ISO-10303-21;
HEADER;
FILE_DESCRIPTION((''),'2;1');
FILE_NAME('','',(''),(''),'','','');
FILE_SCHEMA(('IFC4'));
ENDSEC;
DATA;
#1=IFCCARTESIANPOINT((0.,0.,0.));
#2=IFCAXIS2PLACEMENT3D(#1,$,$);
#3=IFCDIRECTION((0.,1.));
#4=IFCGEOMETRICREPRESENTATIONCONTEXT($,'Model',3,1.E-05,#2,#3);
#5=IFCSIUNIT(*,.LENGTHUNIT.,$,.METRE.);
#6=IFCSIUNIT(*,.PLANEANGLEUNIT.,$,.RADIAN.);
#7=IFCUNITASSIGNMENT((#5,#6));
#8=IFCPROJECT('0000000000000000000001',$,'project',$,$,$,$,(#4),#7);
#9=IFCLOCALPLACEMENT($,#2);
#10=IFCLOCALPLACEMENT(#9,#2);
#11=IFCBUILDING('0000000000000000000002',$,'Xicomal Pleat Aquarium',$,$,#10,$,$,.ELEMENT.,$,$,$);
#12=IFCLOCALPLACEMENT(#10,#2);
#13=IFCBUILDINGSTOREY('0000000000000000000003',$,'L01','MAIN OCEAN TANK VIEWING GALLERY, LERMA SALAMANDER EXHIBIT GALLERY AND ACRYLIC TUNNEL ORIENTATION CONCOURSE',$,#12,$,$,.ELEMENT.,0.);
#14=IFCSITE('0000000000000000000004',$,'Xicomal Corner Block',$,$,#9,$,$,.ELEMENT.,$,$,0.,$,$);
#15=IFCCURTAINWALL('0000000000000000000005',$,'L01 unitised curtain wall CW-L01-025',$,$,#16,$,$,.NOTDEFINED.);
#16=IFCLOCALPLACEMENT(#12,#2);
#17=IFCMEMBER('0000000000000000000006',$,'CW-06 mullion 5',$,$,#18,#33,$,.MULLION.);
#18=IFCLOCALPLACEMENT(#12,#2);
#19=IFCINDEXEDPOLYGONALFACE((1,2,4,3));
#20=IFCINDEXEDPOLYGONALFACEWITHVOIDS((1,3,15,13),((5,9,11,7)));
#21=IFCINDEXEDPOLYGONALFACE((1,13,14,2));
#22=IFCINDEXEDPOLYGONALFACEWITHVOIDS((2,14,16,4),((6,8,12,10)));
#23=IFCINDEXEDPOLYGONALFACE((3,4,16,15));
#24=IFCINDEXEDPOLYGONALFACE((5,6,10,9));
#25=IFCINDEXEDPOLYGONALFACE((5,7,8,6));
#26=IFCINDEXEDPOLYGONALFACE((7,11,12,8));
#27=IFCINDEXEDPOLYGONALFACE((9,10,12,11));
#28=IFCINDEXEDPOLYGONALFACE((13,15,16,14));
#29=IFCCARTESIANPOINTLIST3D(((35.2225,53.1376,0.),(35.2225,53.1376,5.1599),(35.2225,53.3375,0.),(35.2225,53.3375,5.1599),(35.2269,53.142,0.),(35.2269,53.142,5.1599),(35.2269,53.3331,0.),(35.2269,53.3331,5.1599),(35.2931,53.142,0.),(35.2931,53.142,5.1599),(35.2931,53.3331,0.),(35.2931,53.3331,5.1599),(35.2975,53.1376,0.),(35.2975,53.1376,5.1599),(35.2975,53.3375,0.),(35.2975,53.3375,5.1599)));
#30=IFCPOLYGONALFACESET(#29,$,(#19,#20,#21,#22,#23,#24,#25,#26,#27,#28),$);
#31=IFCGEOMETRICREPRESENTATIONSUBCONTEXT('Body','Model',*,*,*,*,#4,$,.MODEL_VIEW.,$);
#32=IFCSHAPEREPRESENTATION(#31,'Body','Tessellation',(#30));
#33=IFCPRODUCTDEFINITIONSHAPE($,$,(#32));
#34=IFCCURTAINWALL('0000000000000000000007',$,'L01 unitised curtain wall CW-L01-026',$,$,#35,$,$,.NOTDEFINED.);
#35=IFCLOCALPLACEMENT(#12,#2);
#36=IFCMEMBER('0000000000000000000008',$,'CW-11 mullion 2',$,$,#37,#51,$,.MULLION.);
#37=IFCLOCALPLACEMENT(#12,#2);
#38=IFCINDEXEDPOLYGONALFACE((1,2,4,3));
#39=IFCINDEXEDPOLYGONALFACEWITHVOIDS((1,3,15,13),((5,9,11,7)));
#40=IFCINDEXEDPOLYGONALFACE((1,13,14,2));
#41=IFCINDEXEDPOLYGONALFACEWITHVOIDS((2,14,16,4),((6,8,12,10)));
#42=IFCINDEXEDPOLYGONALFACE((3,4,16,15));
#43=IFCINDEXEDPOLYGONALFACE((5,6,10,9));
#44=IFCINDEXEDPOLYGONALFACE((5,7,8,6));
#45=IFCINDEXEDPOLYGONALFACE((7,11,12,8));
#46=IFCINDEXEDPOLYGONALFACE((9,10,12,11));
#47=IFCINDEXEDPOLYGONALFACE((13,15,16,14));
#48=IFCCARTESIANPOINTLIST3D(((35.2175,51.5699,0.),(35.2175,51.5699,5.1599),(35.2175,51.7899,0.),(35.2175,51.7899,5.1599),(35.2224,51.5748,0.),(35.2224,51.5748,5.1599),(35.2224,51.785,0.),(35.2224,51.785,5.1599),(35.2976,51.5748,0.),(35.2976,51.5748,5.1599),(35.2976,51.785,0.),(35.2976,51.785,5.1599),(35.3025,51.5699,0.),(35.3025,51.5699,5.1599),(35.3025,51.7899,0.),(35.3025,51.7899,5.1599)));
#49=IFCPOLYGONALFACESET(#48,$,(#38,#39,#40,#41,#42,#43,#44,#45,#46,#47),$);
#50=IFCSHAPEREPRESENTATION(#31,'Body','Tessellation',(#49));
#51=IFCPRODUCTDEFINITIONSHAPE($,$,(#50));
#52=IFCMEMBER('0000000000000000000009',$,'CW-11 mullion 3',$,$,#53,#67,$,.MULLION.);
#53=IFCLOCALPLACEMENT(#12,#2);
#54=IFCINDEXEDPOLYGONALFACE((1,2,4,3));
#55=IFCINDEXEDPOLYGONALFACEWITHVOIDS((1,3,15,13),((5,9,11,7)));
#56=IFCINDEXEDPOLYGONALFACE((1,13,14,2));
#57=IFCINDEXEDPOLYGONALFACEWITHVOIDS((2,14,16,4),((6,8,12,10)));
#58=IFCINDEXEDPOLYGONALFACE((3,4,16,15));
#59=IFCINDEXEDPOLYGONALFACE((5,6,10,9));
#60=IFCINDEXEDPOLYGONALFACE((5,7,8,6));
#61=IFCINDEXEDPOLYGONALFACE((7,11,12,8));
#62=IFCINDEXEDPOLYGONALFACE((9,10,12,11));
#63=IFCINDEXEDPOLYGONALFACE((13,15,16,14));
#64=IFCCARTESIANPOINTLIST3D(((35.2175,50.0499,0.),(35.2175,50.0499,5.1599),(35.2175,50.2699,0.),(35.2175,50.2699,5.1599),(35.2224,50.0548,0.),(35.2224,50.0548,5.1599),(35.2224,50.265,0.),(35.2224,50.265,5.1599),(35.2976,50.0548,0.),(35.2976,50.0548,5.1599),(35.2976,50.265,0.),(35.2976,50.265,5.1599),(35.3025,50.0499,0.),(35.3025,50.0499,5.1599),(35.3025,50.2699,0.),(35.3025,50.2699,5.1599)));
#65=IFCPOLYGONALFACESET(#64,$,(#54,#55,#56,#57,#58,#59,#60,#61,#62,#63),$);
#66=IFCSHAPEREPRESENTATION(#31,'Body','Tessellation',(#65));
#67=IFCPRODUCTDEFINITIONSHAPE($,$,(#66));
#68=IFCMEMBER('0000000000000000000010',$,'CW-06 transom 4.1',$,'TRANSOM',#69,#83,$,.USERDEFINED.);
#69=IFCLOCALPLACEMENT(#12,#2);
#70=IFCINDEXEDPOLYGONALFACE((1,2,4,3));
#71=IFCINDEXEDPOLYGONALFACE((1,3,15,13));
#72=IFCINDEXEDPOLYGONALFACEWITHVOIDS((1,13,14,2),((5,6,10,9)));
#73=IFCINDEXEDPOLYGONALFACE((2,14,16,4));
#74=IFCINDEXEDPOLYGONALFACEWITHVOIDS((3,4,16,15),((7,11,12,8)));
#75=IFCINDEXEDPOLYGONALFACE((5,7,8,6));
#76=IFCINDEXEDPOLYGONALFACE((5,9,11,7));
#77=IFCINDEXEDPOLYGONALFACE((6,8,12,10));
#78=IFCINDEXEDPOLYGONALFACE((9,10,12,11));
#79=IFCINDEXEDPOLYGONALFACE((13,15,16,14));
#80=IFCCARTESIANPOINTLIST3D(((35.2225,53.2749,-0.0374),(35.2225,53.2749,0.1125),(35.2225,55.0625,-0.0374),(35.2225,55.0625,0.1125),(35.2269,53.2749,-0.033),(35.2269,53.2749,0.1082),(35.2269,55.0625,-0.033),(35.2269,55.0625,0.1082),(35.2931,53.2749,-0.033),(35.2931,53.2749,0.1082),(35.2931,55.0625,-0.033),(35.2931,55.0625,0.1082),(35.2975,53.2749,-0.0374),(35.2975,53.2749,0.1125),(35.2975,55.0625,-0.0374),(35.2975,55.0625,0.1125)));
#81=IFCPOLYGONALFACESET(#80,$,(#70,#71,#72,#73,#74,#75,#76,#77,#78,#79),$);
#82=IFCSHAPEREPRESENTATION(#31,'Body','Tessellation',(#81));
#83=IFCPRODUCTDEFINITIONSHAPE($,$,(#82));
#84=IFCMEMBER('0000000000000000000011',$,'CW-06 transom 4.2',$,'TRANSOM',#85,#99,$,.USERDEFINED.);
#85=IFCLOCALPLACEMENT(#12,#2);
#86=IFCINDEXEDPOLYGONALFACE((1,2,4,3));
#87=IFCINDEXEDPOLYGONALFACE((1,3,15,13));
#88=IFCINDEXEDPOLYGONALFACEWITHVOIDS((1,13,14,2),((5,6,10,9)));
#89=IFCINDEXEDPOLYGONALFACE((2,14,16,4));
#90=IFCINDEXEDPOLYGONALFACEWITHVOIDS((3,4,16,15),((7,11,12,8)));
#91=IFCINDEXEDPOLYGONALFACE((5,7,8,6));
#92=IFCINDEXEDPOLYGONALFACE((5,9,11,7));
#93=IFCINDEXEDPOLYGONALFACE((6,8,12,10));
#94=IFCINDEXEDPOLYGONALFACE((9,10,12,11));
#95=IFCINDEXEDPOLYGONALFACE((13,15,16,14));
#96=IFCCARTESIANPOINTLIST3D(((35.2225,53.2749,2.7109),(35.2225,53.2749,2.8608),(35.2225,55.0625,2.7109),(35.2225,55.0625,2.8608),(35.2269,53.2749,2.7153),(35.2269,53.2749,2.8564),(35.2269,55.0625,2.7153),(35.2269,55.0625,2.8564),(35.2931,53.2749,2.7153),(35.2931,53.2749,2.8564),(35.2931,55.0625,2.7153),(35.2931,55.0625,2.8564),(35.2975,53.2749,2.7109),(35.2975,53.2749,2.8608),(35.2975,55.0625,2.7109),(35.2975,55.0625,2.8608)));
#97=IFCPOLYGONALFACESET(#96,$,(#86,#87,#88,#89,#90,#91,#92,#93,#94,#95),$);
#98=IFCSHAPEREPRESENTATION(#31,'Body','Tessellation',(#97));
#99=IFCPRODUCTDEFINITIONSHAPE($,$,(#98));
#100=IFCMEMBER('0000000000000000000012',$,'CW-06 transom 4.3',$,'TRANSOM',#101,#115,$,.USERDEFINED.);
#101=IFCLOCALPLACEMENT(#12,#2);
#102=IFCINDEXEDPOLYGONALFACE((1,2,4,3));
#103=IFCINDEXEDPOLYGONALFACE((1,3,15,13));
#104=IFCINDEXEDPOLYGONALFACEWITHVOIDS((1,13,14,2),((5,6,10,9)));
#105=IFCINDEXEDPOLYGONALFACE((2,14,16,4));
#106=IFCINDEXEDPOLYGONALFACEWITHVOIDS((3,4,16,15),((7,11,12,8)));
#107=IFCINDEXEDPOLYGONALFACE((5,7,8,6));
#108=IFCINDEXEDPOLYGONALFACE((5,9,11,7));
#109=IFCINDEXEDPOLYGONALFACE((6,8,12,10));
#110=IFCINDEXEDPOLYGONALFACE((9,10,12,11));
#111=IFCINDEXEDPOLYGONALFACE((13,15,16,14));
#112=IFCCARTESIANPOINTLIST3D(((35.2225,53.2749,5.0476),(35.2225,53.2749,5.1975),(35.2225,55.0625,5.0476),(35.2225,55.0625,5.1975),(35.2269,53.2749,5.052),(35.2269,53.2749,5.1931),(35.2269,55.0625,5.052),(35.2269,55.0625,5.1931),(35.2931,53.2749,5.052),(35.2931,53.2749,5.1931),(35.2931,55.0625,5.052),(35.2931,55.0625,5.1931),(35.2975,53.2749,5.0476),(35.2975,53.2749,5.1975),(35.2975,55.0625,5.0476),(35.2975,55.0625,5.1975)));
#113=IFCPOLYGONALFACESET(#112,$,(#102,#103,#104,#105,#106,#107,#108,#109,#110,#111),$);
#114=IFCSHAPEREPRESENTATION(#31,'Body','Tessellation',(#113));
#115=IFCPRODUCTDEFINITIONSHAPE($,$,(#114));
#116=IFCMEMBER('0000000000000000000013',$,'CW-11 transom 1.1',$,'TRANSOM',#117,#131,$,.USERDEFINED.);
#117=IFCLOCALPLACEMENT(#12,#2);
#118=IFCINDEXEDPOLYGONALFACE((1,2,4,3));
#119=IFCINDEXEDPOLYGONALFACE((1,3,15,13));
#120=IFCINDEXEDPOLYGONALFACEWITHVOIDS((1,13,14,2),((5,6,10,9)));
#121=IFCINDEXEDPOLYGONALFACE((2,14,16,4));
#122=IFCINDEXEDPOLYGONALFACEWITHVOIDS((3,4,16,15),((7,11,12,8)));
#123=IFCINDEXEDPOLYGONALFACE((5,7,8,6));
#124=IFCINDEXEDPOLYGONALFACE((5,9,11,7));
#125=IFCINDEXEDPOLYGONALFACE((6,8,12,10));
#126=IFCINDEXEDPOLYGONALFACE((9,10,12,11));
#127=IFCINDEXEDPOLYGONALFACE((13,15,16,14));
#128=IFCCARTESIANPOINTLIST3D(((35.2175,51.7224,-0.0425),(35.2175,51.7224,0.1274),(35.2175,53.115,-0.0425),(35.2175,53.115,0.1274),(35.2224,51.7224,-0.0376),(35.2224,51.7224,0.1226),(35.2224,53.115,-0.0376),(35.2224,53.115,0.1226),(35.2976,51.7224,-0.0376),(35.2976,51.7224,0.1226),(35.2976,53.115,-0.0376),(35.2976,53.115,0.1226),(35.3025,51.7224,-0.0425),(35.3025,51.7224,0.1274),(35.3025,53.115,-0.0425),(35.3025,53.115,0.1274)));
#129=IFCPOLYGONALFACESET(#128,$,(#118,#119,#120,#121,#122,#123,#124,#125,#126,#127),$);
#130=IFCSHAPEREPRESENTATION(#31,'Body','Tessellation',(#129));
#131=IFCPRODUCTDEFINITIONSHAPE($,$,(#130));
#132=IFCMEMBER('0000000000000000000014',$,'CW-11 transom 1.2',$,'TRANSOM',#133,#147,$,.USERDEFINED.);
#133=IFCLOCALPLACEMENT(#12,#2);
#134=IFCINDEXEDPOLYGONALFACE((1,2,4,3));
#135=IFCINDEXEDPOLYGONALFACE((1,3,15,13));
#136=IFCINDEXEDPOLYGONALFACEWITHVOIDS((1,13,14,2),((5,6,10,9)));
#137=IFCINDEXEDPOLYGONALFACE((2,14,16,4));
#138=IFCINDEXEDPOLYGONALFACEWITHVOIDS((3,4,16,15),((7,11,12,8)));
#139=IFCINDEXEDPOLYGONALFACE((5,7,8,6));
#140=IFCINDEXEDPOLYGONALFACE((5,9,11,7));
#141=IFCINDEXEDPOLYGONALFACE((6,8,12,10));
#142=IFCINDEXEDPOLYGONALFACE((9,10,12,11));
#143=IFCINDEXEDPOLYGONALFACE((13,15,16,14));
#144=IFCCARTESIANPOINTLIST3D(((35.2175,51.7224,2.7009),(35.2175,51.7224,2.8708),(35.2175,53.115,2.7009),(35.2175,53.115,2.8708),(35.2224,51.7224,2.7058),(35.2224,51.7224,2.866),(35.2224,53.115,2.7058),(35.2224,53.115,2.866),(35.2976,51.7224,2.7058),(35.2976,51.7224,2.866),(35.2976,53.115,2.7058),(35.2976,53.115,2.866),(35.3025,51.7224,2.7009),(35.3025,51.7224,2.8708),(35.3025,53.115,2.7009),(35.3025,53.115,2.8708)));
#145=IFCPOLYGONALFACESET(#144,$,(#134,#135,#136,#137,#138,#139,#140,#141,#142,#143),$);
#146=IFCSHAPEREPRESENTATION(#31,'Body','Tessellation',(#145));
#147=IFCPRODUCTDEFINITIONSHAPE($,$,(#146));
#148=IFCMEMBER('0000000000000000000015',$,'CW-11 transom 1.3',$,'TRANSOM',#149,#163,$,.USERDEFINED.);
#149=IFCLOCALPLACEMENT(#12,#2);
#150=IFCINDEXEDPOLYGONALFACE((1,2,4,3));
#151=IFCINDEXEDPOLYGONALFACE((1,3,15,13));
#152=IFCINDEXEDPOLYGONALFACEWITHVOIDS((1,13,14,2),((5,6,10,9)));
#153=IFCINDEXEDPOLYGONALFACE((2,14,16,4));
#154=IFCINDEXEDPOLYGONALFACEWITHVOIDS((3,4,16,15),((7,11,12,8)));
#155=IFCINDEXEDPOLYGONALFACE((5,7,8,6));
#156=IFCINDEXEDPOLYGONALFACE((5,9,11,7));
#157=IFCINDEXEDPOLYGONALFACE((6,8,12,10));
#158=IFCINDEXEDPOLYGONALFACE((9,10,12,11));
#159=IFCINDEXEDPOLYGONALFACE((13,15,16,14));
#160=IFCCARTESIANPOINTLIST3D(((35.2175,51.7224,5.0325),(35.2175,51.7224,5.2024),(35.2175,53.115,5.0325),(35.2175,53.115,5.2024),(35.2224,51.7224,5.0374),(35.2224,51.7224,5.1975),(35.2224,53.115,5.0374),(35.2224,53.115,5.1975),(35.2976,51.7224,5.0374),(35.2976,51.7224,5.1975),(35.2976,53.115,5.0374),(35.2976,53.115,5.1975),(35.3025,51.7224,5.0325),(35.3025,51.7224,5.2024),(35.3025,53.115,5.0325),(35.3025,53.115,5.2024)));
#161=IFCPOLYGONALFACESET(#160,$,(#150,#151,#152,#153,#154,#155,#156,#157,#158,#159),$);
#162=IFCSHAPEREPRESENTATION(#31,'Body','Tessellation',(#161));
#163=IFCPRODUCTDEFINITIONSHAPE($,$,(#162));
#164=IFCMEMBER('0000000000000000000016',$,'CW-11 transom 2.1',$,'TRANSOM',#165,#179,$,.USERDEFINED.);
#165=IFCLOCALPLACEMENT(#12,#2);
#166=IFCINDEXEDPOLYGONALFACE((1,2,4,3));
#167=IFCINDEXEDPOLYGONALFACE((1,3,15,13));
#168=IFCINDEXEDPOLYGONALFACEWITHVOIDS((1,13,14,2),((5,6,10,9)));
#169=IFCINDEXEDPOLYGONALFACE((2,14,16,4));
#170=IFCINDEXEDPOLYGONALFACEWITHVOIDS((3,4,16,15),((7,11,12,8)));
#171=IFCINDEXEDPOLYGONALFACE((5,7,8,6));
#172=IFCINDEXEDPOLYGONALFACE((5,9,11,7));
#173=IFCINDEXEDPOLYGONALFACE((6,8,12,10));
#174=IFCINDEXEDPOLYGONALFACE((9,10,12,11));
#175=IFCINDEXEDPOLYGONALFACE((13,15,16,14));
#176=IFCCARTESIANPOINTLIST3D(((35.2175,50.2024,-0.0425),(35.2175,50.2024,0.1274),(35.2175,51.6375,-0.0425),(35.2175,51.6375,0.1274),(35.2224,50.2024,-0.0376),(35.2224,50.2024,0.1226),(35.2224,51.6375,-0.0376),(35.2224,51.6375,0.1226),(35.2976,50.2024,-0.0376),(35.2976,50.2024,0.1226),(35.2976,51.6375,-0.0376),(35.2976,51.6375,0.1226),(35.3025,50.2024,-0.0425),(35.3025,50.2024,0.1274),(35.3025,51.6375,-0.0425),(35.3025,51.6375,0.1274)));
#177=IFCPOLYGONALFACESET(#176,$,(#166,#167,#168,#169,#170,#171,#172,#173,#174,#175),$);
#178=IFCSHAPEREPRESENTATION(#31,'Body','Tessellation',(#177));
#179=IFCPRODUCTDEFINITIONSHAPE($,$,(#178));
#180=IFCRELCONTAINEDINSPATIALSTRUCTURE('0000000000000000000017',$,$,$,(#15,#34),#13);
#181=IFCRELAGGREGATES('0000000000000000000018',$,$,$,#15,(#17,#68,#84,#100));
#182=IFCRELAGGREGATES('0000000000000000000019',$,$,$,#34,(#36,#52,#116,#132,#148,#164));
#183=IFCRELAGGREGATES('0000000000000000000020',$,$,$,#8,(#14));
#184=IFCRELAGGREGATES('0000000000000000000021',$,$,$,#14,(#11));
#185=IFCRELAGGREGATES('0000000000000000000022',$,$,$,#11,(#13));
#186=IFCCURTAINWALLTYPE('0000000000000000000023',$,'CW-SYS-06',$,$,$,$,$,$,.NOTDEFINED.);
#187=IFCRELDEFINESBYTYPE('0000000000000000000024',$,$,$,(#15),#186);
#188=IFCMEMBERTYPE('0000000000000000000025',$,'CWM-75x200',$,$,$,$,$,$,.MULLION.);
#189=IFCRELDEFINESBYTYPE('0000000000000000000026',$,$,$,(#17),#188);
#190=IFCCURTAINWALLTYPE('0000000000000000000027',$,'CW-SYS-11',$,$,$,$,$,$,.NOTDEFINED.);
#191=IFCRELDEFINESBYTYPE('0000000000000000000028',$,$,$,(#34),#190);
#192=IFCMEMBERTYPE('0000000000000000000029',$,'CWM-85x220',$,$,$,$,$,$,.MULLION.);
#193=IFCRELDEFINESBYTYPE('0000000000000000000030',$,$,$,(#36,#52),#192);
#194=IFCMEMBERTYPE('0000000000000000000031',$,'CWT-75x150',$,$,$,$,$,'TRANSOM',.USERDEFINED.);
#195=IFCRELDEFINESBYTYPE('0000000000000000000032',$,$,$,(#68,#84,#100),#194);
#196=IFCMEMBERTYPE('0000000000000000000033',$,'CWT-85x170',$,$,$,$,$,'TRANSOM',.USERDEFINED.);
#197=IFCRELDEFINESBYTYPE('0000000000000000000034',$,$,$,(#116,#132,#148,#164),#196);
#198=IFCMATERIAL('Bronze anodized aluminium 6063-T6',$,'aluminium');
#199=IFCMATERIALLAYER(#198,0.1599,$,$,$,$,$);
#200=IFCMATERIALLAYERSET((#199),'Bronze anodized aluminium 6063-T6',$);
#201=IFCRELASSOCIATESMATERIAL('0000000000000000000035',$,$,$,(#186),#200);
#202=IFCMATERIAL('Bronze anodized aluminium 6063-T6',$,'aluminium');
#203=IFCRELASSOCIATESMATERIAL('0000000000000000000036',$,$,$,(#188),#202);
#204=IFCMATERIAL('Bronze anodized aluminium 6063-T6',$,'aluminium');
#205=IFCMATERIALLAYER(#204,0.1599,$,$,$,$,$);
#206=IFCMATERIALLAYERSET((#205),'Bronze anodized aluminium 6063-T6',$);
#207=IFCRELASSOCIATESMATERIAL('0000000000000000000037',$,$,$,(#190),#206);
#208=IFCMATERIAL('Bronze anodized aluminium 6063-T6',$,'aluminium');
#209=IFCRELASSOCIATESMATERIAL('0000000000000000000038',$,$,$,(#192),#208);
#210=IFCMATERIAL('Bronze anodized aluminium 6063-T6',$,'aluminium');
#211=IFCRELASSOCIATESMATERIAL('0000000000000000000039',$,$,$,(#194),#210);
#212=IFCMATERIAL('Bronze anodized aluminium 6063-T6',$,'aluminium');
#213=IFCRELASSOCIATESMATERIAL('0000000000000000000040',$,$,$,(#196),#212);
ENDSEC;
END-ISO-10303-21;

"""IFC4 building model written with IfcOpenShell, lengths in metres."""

from ifc_helpers import new_model, si_unit, direction, frame, origin, origin_2d, place, context, subcontext, project, spatial, hollow_rectangle, extrude, material, layer, layer_set, material_profile, profile_set, type_object, element, aggregate, save


model = new_model("IFC4")

# Units and contexts
model_context = context("Model", 3, precision=1e-05, world=origin(), true_north=direction((0.0, 1.0)))
body_context = subcontext(model_context, "Body", "Model", "MODEL_VIEW")
ifc_project = project(units=[si_unit("LENGTHUNIT", "METRE"), si_unit("PLANEANGLEUNIT", "RADIAN")], contexts=[model_context])

# Site, building, storey
site_placement = place(None, origin())
site = spatial("IfcSite", under=ifc_project, at=site_placement, Name="Xicomal Corner Block", CompositionType="ELEMENT", RefElevation=0.0)
building_placement = place(site_placement, origin())
building = spatial("IfcBuilding", under=site, at=building_placement, Name="Xicomal Pleat Aquarium", CompositionType="ELEMENT")
storey_placement = place(building_placement, origin())
storey = spatial("IfcBuildingStorey", under=building, at=storey_placement, Name="L01", Description="MAIN OCEAN TANK VIEWING GALLERY, LERMA SALAMANDER EXHIBIT GALLERY AND ACRYLIC TUNNEL ORIENTATION CONCOURSE", CompositionType="ELEMENT", Elevation=0.0)

# Curtain wall, member
ifc_material_1 = material(Name="Bronze anodized aluminium 6063-T6", Category="aluminium")
ifc_layer_1 = layer(ifc_material_1, 0.1599)
ifc_layer_set_1 = layer_set([ifc_layer_1], Name="Bronze anodized aluminium 6063-T6")
curtain_wall_type_1 = type_object("IfcCurtainWallType", Name="CW-SYS-06", PredefinedType="NOTDEFINED", material=ifc_layer_set_1)
curtain_wall_1_placement = place(storey_placement, origin())
curtain_wall_1 = element("IfcCurtainWall", 1, at=curtain_wall_1_placement, inside=storey, type_object=curtain_wall_type_1, Name="L01 unitised curtain wall CW-L01-025", PredefinedType="NOTDEFINED")
ifc_material_2 = material(Name="Bronze anodized aluminium 6063-T6", Category="aluminium")
ifc_material_profile_1 = material_profile(ifc_material_2, hollow_rectangle(XDim=0.075, YDim=0.2, WallThickness=0.0044, at=origin_2d()), Name="ALU MULL 75x200")
ifc_profile_set_1 = profile_set([ifc_material_profile_1], Name="Bronze anodized aluminium 6063-T6")
member_type_1 = type_object("IfcMemberType", Name="CWM-75x200", PredefinedType="MULLION", material=ifc_profile_set_1)
member_1_placement = place(storey_placement, frame((35.26, 53.2375, 0.0), z_axis=(0.0, 0.0, 1.0), x_axis=(1.0, 0.0, 0.0)))
member_1 = element("IfcMember", 2, at=member_1_placement, type_object=member_type_1, Name="CW-06 mullion 5", PredefinedType="MULLION", context=body_context, shape_type="SweptSolid", body=[
    extrude(hollow_rectangle(XDim=0.075, YDim=0.2, WallThickness=0.0044, at=origin_2d()), origin(), (0.0, 0.0, 1.0), 5.1599),
])

# Curtain wall, members
ifc_material_3 = material(Name="Bronze anodized aluminium 6063-T6", Category="aluminium")
ifc_layer_2 = layer(ifc_material_3, 0.1599)
ifc_layer_set_2 = layer_set([ifc_layer_2], Name="Bronze anodized aluminium 6063-T6")
curtain_wall_type_2 = type_object("IfcCurtainWallType", Name="CW-SYS-11", PredefinedType="NOTDEFINED", material=ifc_layer_set_2)
curtain_wall_2_placement = place(storey_placement, origin())
curtain_wall_2 = element("IfcCurtainWall", 3, at=curtain_wall_2_placement, inside=storey, type_object=curtain_wall_type_2, Name="L01 unitised curtain wall CW-L01-026", PredefinedType="NOTDEFINED")
ifc_material_4 = material(Name="Bronze anodized aluminium 6063-T6", Category="aluminium")
ifc_material_profile_2 = material_profile(ifc_material_4, hollow_rectangle(XDim=0.085, YDim=0.22, WallThickness=0.0049, at=origin_2d()), Name="ALU MULL 85x220")
ifc_profile_set_2 = profile_set([ifc_material_profile_2], Name="Bronze anodized aluminium 6063-T6")
member_type_2 = type_object("IfcMemberType", Name="CWM-85x220", PredefinedType="MULLION", material=ifc_profile_set_2)
member_2_placement = place(storey_placement, frame((35.26, 51.6799, 0.0), z_axis=(0.0, 0.0, 1.0), x_axis=(1.0, 0.0, 0.0)))
member_2 = element("IfcMember", 4, at=member_2_placement, type_object=member_type_2, Name="CW-11 mullion 2", PredefinedType="MULLION", context=body_context, shape_type="SweptSolid", body=[
    extrude(hollow_rectangle(XDim=0.085, YDim=0.22, WallThickness=0.0049, at=origin_2d()), origin(), (0.0, 0.0, 1.0), 5.1599),
])
member_3_placement = place(storey_placement, frame((35.26, 50.1599, 0.0), z_axis=(0.0, 0.0, 1.0), x_axis=(1.0, 0.0, 0.0)))
member_3 = element("IfcMember", 5, at=member_3_placement, type_object=member_type_2, Name="CW-11 mullion 3", PredefinedType="MULLION", context=body_context, shape_type="SweptSolid", body=[
    extrude(hollow_rectangle(XDim=0.085, YDim=0.22, WallThickness=0.0049, at=origin_2d()), origin(), (0.0, 0.0, 1.0), 5.1599),
])

# Members
ifc_material_5 = material(Name="Bronze anodized aluminium 6063-T6", Category="aluminium")
ifc_material_profile_3 = material_profile(ifc_material_5, hollow_rectangle(XDim=0.075, YDim=0.1499, WallThickness=0.0044, at=origin_2d()), Name="ALU TRAN 75x150")
ifc_profile_set_3 = profile_set([ifc_material_profile_3], Name="Bronze anodized aluminium 6063-T6")
member_type_3 = type_object("IfcMemberType", Name="CWT-75x150", ElementType="TRANSOM", PredefinedType="USERDEFINED", material=ifc_profile_set_3)
member_4_placement = place(storey_placement, frame((35.26, 55.0625, 0.0376), z_axis=(0.0, -1.0, 0.0), x_axis=(1.0, 0.0, 0.0)))
member_4 = element("IfcMember", 6, at=member_4_placement, type_object=member_type_3, Name="CW-06 transom 4.1", ObjectType="TRANSOM", PredefinedType="USERDEFINED", context=body_context, shape_type="SweptSolid", body=[
    extrude(hollow_rectangle(XDim=0.075, YDim=0.1499, WallThickness=0.0044, at=origin_2d()), origin(), (0.0, 0.0, 1.0), 1.7876),
])
member_5_placement = place(storey_placement, frame((35.26, 55.0625, 2.7859), z_axis=(0.0, -1.0, 0.0), x_axis=(1.0, 0.0, 0.0)))
member_5 = element("IfcMember", 7, at=member_5_placement, type_object=member_type_3, Name="CW-06 transom 4.2", ObjectType="TRANSOM", PredefinedType="USERDEFINED", context=body_context, shape_type="SweptSolid", body=[
    extrude(hollow_rectangle(XDim=0.075, YDim=0.1499, WallThickness=0.0044, at=origin_2d()), origin(), (0.0, 0.0, 1.0), 1.7876),
])
member_6_placement = place(storey_placement, frame((35.26, 55.0625, 5.1226), z_axis=(0.0, -1.0, 0.0), x_axis=(1.0, 0.0, 0.0)))
member_6 = element("IfcMember", 8, at=member_6_placement, type_object=member_type_3, Name="CW-06 transom 4.3", ObjectType="TRANSOM", PredefinedType="USERDEFINED", context=body_context, shape_type="SweptSolid", body=[
    extrude(hollow_rectangle(XDim=0.075, YDim=0.1499, WallThickness=0.0044, at=origin_2d()), origin(), (0.0, 0.0, 1.0), 1.7876),
])
ifc_material_6 = material(Name="Bronze anodized aluminium 6063-T6", Category="aluminium")
ifc_material_profile_4 = material_profile(ifc_material_6, hollow_rectangle(XDim=0.085, YDim=0.1699, WallThickness=0.0049, at=origin_2d()), Name="ALU TRAN 85x170")
ifc_profile_set_4 = profile_set([ifc_material_profile_4], Name="Bronze anodized aluminium 6063-T6")
member_type_4 = type_object("IfcMemberType", Name="CWT-85x170", ElementType="TRANSOM", PredefinedType="USERDEFINED", material=ifc_profile_set_4)
member_7_placement = place(storey_placement, frame((35.26, 53.115, 0.0425), z_axis=(0.0, -1.0, 0.0), x_axis=(1.0, 0.0, 0.0)))
member_7 = element("IfcMember", 9, at=member_7_placement, type_object=member_type_4, Name="CW-11 transom 1.1", ObjectType="TRANSOM", PredefinedType="USERDEFINED", context=body_context, shape_type="SweptSolid", body=[
    extrude(hollow_rectangle(XDim=0.085, YDim=0.1699, WallThickness=0.0049, at=origin_2d()), origin(), (0.0, 0.0, 1.0), 1.3926),
])
member_8_placement = place(storey_placement, frame((35.26, 53.115, 2.7859), z_axis=(0.0, -1.0, 0.0), x_axis=(1.0, 0.0, 0.0)))
member_8 = element("IfcMember", 10, at=member_8_placement, type_object=member_type_4, Name="CW-11 transom 1.2", ObjectType="TRANSOM", PredefinedType="USERDEFINED", context=body_context, shape_type="SweptSolid", body=[
    extrude(hollow_rectangle(XDim=0.085, YDim=0.1699, WallThickness=0.0049, at=origin_2d()), origin(), (0.0, 0.0, 1.0), 1.3926),
])
member_9_placement = place(storey_placement, frame((35.26, 53.115, 5.1174), z_axis=(0.0, -1.0, 0.0), x_axis=(1.0, 0.0, 0.0)))
member_9 = element("IfcMember", 11, at=member_9_placement, type_object=member_type_4, Name="CW-11 transom 1.3", ObjectType="TRANSOM", PredefinedType="USERDEFINED", context=body_context, shape_type="SweptSolid", body=[
    extrude(hollow_rectangle(XDim=0.085, YDim=0.1699, WallThickness=0.0049, at=origin_2d()), origin(), (0.0, 0.0, 1.0), 1.3926),
])
member_10_placement = place(storey_placement, frame((35.26, 51.6375, 0.0425), z_axis=(0.0, -1.0, 0.0), x_axis=(1.0, 0.0, 0.0)))
member_10 = element("IfcMember", 12, at=member_10_placement, type_object=member_type_4, Name="CW-11 transom 2.1", ObjectType="TRANSOM", PredefinedType="USERDEFINED", context=body_context, shape_type="SweptSolid", body=[
    extrude(hollow_rectangle(XDim=0.085, YDim=0.1699, WallThickness=0.0049, at=origin_2d()), origin(), (0.0, 0.0, 1.0), 1.4351),
])

aggregate(curtain_wall_1, [member_1, member_4, member_5, member_6])
aggregate(curtain_wall_2, [member_2, member_3, member_7, member_8, member_9, member_10])

save(model, "model.ifc")
